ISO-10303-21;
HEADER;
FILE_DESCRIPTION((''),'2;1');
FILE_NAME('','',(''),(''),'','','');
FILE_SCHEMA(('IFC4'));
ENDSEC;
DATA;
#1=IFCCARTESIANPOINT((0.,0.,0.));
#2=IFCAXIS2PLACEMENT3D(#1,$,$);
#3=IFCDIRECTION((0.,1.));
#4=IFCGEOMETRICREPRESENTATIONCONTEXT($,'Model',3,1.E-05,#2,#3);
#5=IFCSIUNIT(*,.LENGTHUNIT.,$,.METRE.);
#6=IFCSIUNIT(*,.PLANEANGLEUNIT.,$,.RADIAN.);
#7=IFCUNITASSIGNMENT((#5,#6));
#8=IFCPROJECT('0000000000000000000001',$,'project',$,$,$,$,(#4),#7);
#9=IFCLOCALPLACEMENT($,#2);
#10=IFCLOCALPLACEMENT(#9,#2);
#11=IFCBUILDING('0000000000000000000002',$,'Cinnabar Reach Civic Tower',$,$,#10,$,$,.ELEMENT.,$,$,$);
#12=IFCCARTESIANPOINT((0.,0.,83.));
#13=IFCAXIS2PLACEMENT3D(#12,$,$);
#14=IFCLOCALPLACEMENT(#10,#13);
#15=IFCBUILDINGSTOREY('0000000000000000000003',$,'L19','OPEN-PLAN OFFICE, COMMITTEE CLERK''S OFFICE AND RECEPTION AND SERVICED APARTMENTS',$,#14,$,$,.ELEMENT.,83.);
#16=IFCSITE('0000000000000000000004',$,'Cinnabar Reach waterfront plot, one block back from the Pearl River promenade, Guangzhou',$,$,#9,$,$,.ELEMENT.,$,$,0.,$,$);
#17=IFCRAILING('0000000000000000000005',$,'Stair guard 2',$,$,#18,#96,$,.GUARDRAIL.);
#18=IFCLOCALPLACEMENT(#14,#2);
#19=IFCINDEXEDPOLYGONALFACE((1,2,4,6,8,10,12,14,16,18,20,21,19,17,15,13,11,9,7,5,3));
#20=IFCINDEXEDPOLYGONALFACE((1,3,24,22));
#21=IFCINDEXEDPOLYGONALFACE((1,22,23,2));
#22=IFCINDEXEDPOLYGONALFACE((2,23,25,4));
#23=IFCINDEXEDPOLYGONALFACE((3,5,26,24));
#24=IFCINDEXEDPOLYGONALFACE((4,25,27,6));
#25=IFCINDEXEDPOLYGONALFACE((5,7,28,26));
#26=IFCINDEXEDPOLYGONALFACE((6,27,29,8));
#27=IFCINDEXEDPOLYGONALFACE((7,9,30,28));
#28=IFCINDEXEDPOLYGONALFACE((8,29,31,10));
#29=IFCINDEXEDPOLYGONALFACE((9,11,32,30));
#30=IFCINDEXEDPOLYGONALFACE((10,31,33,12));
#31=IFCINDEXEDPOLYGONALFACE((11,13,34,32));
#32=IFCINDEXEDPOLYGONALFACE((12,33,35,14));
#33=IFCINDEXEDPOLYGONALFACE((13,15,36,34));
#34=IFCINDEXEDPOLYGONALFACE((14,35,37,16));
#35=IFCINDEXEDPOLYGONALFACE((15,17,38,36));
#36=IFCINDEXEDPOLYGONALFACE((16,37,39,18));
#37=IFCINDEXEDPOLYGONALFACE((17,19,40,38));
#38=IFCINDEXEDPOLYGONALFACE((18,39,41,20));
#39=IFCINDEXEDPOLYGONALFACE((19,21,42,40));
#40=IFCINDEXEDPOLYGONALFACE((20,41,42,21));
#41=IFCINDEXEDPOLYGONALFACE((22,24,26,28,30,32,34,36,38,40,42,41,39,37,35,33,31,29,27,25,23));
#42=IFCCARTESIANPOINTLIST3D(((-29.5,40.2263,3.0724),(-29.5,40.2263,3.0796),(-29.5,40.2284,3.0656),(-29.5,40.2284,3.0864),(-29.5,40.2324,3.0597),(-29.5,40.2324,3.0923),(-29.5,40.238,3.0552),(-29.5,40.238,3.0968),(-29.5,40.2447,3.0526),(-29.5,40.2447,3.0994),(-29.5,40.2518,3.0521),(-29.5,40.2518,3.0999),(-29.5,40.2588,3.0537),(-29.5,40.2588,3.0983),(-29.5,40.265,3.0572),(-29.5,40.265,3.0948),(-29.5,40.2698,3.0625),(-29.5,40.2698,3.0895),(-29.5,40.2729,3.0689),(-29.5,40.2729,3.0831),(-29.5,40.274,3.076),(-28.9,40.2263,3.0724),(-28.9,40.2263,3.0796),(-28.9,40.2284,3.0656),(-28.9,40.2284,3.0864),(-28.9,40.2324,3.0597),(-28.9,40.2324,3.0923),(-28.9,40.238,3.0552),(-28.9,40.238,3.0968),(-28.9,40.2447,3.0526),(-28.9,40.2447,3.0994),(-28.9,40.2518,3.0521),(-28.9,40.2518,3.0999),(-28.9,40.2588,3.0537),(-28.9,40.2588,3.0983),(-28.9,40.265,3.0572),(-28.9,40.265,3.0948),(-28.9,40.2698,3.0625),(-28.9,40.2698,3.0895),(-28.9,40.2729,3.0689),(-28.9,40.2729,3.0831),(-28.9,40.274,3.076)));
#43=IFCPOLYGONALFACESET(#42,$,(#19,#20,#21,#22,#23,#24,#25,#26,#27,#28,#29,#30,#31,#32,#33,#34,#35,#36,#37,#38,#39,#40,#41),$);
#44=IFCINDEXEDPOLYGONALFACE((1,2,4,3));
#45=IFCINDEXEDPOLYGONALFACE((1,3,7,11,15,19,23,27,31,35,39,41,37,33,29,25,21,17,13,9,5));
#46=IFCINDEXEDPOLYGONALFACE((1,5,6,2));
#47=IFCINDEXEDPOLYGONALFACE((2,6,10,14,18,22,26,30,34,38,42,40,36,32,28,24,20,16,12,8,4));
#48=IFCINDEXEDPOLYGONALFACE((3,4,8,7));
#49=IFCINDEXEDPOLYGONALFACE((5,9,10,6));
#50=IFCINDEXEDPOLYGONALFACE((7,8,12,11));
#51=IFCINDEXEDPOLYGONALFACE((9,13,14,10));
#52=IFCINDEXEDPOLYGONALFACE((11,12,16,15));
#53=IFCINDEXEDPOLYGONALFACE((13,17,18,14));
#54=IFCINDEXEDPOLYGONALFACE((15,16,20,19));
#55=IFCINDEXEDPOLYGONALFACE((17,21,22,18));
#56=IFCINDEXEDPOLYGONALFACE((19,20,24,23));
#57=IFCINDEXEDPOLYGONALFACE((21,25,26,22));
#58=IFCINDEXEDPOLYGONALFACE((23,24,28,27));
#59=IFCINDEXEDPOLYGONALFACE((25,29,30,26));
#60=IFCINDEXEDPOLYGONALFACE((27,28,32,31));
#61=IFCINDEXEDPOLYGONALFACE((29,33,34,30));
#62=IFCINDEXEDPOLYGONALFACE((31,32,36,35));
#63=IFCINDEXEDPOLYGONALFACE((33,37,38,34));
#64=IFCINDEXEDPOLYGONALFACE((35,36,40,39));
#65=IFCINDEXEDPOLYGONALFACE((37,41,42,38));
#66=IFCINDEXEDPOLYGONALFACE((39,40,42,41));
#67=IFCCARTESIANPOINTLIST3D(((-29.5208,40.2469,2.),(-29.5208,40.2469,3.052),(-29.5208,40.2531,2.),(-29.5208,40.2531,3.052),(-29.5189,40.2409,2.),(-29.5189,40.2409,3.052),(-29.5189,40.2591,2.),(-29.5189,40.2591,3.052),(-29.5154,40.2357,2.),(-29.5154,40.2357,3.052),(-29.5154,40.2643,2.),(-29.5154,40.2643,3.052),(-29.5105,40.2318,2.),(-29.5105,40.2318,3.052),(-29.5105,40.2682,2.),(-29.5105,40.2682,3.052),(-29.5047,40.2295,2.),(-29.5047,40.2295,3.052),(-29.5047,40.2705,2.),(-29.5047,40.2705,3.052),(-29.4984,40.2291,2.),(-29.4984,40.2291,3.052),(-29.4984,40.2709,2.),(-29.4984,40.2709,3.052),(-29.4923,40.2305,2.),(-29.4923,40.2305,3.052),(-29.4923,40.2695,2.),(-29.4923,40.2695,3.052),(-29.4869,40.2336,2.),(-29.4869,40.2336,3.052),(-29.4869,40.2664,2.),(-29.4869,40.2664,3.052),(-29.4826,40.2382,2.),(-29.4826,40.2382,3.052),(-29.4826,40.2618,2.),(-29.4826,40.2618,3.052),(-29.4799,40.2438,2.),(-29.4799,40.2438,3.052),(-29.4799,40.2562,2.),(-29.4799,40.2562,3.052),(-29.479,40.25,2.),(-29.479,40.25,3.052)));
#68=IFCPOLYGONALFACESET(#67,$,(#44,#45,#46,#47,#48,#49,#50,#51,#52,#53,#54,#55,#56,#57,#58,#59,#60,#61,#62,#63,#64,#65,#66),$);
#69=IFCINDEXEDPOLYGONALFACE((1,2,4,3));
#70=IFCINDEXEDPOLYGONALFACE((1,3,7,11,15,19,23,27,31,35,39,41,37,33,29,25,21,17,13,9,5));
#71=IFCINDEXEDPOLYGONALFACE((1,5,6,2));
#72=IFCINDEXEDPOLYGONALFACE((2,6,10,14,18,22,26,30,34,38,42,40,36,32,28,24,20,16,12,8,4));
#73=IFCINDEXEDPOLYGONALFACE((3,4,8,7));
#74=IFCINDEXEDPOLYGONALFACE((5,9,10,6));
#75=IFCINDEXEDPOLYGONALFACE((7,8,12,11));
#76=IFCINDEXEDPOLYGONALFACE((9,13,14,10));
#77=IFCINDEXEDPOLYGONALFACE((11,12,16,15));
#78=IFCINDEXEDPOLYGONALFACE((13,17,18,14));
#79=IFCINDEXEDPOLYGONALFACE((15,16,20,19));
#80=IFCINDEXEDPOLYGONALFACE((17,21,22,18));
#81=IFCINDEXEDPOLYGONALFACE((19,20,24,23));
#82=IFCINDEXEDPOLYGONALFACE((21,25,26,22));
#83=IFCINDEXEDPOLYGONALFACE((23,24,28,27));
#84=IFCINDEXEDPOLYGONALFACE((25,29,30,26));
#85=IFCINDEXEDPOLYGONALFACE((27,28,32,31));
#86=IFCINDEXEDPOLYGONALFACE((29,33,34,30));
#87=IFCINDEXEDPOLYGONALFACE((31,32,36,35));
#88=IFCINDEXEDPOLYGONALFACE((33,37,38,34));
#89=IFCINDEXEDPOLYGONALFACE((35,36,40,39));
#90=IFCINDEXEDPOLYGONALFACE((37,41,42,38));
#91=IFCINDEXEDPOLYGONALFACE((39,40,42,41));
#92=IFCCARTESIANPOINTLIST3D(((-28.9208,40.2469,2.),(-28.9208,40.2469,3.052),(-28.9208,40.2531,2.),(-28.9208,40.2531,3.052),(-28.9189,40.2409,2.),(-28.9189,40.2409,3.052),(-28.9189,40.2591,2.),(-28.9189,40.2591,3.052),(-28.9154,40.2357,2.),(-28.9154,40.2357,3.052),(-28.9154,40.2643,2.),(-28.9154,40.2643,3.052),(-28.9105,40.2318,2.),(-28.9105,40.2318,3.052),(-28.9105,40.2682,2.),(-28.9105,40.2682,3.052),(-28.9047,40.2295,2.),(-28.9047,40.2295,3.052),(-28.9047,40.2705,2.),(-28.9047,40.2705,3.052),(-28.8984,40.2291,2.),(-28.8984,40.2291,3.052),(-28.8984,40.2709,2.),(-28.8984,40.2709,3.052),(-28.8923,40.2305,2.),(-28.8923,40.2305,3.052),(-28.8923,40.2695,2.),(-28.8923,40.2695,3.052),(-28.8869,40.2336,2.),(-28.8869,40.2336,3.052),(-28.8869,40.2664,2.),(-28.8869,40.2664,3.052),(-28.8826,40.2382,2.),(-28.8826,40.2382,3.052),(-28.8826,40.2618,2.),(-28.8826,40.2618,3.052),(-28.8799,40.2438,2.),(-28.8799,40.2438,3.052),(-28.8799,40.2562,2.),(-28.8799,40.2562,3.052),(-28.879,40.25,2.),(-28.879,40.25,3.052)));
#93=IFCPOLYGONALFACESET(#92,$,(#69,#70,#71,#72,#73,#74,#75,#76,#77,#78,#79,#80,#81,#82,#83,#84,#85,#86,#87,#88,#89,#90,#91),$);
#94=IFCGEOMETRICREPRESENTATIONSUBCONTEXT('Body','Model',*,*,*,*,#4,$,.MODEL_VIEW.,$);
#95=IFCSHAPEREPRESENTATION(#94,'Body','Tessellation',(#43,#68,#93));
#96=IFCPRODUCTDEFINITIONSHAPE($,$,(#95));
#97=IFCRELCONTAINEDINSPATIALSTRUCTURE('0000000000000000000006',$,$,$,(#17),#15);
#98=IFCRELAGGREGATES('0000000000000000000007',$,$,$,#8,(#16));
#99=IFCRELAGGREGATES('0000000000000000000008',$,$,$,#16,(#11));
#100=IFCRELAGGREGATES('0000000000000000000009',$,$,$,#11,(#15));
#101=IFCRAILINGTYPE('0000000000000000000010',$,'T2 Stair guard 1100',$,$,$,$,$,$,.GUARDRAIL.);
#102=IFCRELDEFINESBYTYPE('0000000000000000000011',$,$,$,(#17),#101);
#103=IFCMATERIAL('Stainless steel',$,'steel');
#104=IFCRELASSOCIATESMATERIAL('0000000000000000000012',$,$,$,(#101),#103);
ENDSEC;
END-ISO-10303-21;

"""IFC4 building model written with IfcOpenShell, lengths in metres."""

from ifc_helpers import new_model, si_unit, direction, frame, origin, origin_2d, place, context, subcontext, project, spatial, circle, extrude, material, type_object, element, save


model = new_model("IFC4")

# Units and contexts
model_context = context("Model", 3, precision=1e-05, world=origin(), true_north=direction((0.0, 1.0)))
body_context = subcontext(model_context, "Body", "Model", "MODEL_VIEW")
ifc_project = project(units=[si_unit("LENGTHUNIT", "METRE"), si_unit("PLANEANGLEUNIT", "RADIAN")], contexts=[model_context])

# Site, building, storey
site_placement = place(None, origin())
site = spatial("IfcSite", under=ifc_project, at=site_placement, Name="Cinnabar Reach waterfront plot, one block back from the Pearl River promenade, Guangzhou", CompositionType="ELEMENT", RefElevation=0.0)
building_placement = place(site_placement, origin())
building = spatial("IfcBuilding", under=site, at=building_placement, Name="Cinnabar Reach Civic Tower", CompositionType="ELEMENT")
storey_placement = place(building_placement, frame((0.0, 0.0, 83.0)))
storey = spatial("IfcBuildingStorey", under=building, at=storey_placement, Name="L19", Description="OPEN-PLAN OFFICE, COMMITTEE CLERK'S OFFICE AND RECEPTION AND SERVICED APARTMENTS", CompositionType="ELEMENT", Elevation=83.0)

# Railing
ifc_material_1 = material(Name="Stainless steel", Category="steel")
railing_type = type_object("IfcRailingType", Name="T2 Stair guard 1100", PredefinedType="GUARDRAIL", material=ifc_material_1)
for number, where, name in (
    (1, (-29.5, 40.25, 2.0), "Stair guard 2"),
):
    element("IfcRailing", number, at=place(storey_placement, frame(where)), inside=storey, type_object=railing_type, Name=name, PredefinedType="GUARDRAIL", context=body_context, shape_type="SweptSolid", body=[
        extrude(circle(Radius=0.024, at=origin_2d()), frame((0.0, 0.0, 1.076), z_axis=(1.0, 0.0, 0.0), x_axis=(0.0, 1.0, 0.0)), (0.0, 0.0, 1.0), 0.6),
        extrude(circle(Radius=0.021, at=origin_2d()), origin(), (0.0, 0.0, 1.0), 1.052),
        extrude(circle(Radius=0.021, at=origin_2d()), frame((0.6, 0.0, 0.0)), (0.0, 0.0, 1.0), 1.052),
    ])

save(model, "model.ifc")
